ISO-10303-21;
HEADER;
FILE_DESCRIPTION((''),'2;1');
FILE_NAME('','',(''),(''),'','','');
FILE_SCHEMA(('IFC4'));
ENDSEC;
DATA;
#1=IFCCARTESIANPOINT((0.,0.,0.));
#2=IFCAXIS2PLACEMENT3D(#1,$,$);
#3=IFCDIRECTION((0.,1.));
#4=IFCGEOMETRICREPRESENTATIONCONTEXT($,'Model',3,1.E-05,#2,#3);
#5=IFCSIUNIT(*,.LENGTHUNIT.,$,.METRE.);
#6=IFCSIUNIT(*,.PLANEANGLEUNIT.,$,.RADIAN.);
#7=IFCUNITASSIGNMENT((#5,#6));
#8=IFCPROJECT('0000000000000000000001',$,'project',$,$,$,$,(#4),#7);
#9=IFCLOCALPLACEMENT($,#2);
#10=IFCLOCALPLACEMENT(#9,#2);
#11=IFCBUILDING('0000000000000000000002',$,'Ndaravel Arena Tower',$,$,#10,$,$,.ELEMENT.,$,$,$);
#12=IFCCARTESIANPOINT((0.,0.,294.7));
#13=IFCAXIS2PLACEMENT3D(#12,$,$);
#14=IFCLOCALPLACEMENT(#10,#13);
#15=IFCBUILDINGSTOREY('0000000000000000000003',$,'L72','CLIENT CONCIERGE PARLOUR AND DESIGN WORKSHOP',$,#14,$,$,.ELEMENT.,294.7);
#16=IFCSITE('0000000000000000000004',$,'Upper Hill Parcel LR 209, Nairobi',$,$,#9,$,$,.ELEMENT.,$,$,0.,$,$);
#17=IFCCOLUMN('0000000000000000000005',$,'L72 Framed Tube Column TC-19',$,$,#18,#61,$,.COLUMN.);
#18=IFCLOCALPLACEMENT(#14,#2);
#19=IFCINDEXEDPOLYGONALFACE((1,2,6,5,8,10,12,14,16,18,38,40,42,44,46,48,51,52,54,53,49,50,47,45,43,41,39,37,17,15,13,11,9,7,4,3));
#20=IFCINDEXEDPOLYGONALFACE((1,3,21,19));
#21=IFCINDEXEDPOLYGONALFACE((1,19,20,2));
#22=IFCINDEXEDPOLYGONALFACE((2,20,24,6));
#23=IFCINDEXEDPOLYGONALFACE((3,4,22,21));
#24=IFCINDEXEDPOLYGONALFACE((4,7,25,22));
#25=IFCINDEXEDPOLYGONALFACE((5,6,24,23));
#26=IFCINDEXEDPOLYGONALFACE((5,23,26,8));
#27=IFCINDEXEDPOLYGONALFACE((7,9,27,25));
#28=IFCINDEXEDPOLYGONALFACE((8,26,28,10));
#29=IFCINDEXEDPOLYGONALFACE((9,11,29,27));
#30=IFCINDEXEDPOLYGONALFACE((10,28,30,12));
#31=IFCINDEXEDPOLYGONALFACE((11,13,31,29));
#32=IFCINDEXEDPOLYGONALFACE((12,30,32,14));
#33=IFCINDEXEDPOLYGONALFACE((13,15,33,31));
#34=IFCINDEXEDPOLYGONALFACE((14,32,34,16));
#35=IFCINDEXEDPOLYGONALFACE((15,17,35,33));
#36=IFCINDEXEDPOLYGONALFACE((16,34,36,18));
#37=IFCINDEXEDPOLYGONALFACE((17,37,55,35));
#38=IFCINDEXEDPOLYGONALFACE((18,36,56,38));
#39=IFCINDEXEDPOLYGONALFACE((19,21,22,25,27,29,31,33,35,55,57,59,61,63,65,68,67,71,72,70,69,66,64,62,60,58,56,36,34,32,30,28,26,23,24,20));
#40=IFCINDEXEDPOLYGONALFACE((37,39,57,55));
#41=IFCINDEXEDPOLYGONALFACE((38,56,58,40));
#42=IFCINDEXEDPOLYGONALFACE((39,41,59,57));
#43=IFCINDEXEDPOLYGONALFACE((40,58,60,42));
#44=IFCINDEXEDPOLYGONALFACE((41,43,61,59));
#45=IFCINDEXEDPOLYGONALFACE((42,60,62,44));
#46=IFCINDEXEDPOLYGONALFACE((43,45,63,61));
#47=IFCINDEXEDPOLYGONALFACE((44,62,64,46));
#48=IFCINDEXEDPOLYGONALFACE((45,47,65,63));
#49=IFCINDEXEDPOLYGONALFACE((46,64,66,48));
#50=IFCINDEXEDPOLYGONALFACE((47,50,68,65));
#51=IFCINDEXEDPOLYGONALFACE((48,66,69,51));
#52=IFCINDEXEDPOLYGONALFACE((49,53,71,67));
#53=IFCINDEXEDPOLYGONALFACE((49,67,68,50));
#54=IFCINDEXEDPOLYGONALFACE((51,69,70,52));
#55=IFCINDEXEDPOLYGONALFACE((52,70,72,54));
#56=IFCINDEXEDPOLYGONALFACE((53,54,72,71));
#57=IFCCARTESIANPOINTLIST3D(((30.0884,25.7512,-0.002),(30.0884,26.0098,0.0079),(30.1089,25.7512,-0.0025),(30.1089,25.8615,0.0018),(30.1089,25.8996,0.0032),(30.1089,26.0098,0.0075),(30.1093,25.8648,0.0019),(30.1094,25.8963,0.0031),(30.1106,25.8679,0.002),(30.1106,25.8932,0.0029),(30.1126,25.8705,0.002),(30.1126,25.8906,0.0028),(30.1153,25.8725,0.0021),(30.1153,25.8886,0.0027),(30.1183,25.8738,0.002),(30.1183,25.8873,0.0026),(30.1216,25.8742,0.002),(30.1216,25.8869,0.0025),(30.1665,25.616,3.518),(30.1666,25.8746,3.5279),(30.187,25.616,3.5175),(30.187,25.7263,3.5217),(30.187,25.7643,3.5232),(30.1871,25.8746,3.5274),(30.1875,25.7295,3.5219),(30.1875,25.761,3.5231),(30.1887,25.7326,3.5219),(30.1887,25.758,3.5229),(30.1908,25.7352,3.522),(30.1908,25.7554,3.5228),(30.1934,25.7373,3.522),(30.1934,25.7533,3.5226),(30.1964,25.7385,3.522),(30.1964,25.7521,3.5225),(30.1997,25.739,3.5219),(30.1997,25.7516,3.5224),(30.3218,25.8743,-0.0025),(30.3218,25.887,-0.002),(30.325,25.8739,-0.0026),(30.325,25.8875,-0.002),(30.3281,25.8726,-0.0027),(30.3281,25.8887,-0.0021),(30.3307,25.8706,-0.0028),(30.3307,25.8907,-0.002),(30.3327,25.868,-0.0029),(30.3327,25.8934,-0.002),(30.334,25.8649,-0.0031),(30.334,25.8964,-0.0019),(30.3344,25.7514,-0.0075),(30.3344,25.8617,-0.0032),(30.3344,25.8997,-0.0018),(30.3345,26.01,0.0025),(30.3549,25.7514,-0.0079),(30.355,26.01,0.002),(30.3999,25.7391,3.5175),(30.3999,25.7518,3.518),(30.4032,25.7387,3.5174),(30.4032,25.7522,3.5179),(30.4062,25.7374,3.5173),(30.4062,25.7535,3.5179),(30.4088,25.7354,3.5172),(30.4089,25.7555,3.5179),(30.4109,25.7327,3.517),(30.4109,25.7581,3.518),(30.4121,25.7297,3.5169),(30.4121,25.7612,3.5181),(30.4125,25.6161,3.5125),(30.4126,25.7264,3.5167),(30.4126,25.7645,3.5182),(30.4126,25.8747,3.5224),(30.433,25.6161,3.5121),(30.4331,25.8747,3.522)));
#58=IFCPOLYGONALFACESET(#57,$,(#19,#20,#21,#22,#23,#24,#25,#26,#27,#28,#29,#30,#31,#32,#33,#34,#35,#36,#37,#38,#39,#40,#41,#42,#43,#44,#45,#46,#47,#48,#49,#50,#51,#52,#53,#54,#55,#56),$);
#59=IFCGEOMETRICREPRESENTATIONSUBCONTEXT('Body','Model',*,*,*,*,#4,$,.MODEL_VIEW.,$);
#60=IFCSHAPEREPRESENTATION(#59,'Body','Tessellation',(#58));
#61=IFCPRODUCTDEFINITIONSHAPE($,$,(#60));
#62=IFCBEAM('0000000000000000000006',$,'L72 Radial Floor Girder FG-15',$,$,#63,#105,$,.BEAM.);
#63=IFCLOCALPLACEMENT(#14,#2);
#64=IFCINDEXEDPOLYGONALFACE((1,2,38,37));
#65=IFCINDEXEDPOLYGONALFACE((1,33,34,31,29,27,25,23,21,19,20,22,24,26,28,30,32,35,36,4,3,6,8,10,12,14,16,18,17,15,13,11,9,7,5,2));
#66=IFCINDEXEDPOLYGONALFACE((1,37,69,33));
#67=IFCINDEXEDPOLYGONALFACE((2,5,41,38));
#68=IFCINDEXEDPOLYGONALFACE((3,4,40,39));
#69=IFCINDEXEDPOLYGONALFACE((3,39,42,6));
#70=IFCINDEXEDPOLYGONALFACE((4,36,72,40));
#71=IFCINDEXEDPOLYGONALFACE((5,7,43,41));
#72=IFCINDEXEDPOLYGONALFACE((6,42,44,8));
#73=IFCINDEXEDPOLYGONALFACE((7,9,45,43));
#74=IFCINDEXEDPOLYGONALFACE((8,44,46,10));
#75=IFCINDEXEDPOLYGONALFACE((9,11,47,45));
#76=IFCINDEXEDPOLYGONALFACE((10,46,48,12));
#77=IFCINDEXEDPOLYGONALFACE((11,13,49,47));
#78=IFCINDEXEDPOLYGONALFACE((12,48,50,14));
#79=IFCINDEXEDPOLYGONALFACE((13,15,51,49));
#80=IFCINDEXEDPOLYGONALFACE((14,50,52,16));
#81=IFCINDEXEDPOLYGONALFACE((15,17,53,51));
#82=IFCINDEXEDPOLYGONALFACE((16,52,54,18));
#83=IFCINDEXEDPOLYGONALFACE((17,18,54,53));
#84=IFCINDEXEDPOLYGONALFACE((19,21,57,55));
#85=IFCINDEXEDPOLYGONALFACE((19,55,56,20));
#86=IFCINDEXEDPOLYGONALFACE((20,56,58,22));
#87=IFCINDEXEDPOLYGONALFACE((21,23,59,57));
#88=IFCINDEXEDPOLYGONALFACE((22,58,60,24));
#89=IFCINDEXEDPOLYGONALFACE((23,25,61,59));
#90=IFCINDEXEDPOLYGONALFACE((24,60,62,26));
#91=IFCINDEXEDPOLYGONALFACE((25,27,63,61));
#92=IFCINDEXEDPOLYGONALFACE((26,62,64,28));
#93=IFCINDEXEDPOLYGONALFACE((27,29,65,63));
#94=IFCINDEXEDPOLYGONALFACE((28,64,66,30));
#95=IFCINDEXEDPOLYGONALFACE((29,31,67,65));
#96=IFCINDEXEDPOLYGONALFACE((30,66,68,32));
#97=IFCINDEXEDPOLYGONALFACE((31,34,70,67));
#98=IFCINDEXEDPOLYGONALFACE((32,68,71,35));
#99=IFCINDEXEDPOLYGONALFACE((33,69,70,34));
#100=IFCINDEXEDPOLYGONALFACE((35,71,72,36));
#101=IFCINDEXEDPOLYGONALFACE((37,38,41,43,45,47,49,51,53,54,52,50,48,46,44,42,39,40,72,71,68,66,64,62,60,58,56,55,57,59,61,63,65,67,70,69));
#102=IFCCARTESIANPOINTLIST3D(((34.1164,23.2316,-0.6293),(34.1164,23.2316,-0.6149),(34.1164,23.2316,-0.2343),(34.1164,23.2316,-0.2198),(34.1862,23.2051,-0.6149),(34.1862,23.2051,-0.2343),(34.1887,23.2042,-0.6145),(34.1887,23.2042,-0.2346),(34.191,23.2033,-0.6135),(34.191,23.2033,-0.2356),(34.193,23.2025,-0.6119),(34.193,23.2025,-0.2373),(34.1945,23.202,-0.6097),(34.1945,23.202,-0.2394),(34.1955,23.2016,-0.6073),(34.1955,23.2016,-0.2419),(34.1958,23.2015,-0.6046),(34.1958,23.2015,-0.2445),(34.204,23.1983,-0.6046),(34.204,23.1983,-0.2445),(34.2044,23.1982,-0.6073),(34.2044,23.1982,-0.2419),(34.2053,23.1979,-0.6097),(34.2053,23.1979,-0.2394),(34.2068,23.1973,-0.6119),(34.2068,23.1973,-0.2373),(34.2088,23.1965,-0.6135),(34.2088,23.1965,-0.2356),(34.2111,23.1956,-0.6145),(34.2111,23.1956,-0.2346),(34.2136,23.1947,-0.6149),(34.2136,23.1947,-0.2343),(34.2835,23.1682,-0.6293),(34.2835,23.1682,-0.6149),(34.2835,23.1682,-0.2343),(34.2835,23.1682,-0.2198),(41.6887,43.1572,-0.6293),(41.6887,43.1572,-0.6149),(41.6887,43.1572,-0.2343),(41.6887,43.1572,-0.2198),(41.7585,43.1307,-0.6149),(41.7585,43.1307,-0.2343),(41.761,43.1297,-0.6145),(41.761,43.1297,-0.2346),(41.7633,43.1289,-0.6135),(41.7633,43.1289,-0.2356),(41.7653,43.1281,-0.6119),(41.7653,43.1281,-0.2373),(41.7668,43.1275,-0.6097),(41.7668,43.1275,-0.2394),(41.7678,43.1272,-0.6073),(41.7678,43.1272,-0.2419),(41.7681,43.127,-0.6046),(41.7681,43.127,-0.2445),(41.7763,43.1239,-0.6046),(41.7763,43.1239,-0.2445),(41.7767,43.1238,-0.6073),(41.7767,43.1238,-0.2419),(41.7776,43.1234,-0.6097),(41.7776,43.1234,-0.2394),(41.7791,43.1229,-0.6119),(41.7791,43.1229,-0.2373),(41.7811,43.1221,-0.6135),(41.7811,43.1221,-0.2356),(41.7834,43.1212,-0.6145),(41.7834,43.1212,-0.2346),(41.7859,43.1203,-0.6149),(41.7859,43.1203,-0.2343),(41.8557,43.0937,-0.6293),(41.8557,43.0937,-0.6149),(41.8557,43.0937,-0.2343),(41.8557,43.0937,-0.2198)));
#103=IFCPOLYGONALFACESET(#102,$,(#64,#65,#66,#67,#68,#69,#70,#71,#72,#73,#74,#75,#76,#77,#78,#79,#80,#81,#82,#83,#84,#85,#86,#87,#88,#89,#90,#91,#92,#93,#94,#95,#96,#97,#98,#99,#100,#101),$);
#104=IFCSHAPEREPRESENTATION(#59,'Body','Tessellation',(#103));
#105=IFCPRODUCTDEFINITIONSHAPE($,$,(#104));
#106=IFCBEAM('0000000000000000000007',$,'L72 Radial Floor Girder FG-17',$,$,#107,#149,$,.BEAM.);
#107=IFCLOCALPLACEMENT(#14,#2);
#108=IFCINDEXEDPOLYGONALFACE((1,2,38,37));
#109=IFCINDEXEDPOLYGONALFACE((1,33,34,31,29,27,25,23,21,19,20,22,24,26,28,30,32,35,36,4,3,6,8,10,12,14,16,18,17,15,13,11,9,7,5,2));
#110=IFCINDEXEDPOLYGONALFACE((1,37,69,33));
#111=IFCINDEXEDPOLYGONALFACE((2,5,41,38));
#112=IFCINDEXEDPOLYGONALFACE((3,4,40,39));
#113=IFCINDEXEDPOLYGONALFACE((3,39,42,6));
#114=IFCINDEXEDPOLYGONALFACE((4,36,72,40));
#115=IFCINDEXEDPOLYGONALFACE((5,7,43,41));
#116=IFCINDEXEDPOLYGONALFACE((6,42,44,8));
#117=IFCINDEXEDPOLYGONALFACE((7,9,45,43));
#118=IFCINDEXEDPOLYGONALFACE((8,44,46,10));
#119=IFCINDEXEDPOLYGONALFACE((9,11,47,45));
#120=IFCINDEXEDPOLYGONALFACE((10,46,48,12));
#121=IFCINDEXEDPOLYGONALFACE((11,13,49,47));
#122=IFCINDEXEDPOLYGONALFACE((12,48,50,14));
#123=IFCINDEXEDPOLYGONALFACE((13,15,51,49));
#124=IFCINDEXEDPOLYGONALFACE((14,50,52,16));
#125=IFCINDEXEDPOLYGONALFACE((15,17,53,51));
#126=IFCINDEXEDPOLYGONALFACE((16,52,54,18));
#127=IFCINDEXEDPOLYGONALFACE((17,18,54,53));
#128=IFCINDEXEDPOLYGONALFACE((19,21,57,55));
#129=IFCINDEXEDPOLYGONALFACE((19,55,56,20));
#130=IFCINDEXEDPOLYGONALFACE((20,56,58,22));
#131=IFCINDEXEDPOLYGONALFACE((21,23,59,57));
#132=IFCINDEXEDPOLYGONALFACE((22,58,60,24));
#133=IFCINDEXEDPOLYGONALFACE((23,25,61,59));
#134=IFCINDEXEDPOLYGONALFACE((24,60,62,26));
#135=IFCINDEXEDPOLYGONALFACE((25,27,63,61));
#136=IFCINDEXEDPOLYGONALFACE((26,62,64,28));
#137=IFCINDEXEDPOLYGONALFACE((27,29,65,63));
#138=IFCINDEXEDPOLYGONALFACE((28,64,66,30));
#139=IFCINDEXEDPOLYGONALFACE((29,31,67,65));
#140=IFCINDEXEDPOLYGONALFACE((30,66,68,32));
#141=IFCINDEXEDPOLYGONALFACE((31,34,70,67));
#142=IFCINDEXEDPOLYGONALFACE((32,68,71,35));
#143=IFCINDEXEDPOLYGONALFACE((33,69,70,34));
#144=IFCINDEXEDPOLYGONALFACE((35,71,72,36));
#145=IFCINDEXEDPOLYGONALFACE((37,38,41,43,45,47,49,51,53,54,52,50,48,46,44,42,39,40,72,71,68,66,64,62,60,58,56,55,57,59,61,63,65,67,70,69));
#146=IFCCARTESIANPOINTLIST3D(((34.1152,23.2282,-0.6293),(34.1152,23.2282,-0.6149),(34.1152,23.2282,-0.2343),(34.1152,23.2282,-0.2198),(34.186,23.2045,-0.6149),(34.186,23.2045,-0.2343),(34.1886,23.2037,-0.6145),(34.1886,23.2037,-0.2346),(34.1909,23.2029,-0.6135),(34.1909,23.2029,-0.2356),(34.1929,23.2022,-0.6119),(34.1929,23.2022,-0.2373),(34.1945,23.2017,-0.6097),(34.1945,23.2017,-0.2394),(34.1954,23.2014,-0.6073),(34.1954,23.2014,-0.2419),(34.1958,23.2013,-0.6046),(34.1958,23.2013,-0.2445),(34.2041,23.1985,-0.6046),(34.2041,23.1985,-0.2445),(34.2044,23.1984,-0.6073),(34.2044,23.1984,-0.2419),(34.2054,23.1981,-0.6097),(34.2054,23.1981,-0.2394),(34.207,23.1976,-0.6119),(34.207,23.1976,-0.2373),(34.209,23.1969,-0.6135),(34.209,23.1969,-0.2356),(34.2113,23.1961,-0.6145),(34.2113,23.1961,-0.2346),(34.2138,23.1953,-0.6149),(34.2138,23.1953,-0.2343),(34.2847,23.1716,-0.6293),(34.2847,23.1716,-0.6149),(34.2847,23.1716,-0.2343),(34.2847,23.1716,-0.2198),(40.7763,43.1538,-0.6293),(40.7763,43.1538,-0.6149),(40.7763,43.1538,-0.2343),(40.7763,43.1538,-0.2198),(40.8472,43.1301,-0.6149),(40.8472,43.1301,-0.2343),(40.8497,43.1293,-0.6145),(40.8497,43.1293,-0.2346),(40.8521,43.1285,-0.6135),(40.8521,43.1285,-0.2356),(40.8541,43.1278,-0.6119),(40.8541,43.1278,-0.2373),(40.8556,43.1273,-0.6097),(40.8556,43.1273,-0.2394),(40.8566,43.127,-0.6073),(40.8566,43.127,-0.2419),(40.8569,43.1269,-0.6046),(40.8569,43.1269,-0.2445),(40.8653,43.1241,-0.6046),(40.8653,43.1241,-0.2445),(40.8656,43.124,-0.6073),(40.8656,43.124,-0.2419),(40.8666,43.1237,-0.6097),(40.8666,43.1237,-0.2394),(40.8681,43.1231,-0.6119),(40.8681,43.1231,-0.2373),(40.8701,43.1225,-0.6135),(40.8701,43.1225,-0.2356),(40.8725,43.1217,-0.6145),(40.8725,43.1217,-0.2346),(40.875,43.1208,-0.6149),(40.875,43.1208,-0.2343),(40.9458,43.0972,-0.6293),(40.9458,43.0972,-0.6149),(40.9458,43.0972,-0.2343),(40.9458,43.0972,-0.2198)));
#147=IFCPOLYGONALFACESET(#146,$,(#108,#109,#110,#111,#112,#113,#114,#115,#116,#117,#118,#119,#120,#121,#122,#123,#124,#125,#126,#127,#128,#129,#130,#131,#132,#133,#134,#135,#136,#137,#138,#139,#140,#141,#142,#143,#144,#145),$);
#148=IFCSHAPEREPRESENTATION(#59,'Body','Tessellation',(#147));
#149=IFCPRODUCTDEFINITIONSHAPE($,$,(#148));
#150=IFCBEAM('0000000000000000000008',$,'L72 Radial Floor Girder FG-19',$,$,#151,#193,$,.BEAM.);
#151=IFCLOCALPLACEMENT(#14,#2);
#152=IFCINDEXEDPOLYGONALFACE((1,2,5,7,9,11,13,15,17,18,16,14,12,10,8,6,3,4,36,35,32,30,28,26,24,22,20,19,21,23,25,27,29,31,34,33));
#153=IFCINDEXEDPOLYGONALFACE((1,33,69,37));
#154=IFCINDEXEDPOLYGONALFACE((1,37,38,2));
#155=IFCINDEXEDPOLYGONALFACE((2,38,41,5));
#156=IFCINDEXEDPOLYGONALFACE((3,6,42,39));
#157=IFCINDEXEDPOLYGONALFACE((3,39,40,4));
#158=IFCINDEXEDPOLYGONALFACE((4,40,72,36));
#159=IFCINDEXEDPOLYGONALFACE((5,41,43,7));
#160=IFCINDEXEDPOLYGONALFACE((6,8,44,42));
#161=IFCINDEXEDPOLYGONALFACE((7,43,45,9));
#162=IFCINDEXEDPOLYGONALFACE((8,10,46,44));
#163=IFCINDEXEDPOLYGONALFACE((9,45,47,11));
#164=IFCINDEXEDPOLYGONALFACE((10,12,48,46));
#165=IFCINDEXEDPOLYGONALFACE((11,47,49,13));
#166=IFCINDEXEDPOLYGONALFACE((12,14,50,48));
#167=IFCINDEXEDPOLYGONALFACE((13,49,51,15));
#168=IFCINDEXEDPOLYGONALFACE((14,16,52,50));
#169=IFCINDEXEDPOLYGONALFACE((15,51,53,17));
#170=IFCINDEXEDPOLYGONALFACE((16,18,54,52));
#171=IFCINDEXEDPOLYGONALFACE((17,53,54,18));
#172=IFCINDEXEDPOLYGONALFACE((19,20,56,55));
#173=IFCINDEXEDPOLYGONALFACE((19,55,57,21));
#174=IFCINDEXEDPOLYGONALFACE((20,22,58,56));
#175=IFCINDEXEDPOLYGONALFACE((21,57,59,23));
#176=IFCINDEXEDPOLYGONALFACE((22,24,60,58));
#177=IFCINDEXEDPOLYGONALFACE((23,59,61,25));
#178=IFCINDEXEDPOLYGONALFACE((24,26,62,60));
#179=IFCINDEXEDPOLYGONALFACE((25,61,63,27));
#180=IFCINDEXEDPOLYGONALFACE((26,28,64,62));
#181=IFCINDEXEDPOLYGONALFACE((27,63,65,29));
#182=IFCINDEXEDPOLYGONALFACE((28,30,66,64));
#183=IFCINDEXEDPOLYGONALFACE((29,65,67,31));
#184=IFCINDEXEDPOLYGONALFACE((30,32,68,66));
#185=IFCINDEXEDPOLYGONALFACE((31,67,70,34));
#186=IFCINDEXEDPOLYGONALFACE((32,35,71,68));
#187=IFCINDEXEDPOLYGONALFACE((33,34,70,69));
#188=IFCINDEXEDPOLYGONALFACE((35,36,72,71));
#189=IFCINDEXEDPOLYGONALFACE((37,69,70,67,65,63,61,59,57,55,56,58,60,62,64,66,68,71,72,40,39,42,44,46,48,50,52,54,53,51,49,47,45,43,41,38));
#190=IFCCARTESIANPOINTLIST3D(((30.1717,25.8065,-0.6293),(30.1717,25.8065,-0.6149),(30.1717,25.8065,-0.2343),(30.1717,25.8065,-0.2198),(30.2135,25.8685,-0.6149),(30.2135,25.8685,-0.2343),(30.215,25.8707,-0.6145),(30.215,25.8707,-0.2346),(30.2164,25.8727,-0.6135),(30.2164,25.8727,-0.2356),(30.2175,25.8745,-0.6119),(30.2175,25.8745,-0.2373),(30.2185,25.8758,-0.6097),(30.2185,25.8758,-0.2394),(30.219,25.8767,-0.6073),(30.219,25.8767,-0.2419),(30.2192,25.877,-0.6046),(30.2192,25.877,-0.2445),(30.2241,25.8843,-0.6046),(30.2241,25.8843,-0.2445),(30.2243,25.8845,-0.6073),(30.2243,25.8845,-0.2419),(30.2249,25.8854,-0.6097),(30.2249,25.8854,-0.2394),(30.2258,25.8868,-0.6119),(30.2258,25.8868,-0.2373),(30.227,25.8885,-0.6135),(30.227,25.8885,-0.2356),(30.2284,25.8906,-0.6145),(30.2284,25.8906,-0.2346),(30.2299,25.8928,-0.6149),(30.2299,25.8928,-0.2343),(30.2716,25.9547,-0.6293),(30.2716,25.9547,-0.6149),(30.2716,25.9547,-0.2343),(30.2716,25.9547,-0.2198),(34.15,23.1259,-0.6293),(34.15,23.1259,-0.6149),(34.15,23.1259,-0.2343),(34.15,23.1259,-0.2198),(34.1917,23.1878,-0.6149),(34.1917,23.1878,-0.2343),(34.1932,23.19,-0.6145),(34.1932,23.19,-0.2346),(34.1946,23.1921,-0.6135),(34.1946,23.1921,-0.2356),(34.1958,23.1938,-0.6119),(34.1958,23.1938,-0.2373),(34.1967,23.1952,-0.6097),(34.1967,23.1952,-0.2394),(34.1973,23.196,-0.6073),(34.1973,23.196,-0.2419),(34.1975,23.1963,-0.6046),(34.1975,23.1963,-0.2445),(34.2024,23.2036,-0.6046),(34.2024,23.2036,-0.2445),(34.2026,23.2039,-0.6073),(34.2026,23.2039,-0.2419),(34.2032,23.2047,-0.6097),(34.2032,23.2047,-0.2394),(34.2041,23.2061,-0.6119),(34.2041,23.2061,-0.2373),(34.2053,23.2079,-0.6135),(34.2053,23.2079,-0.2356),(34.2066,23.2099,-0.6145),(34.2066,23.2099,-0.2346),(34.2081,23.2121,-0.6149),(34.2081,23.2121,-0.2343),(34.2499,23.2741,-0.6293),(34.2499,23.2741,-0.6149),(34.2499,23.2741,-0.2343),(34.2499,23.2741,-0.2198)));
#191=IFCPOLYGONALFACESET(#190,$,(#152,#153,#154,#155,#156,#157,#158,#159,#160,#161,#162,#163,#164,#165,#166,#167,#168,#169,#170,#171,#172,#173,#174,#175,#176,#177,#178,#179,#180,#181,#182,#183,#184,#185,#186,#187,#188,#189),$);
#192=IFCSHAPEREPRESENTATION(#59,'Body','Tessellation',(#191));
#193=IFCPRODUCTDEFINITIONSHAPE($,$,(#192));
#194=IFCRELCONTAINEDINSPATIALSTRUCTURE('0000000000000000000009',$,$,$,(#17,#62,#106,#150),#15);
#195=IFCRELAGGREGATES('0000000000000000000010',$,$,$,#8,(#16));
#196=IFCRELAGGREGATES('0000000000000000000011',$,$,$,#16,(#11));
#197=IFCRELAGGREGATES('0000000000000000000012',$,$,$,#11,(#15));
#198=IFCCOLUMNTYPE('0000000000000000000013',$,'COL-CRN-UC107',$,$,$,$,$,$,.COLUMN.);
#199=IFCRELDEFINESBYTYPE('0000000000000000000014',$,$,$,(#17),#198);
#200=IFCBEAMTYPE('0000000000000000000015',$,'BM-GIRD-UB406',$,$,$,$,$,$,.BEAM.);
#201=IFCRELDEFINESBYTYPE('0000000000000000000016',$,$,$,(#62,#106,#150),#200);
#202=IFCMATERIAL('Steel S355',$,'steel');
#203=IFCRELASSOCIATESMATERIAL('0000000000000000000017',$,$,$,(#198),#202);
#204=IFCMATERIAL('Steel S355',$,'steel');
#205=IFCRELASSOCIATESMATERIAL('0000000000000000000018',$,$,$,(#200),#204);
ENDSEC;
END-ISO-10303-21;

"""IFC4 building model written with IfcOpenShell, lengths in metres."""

from ifc_helpers import new_model, si_unit, direction, frame, origin, origin_2d, place, context, subcontext, project, spatial, i_section, extrude, material, material_profile, profile_set, type_object, element, save


model = new_model("IFC4")

# Units and contexts
model_context = context("Model", 3, precision=1e-05, world=origin(), true_north=direction((0.0, 1.0)))
body_context = subcontext(model_context, "Body", "Model", "MODEL_VIEW")
ifc_project = project(units=[si_unit("LENGTHUNIT", "METRE"), si_unit("PLANEANGLEUNIT", "RADIAN")], contexts=[model_context])

# Site, building, storey
site_placement = place(None, origin())
site = spatial("IfcSite", under=ifc_project, at=site_placement, Name="Upper Hill Parcel LR 209, Nairobi", CompositionType="ELEMENT", RefElevation=0.0)
building_placement = place(site_placement, origin())
building = spatial("IfcBuilding", under=site, at=building_placement, Name="Ndaravel Arena Tower", CompositionType="ELEMENT")
storey_placement = place(building_placement, frame((0.0, 0.0, 294.7)))
storey = spatial("IfcBuildingStorey", under=building, at=storey_placement, Name="L72", Description="CLIENT CONCIERGE PARLOUR AND DESIGN WORKSHOP", CompositionType="ELEMENT", Elevation=294.7)

# Column
ifc_material_1 = material(Name="Steel S355", Category="steel")
ifc_material_profile_1 = material_profile(ifc_material_1, i_section(OverallWidth=0.2588, OverallDepth=0.2666, WebThickness=0.0127, FlangeThickness=0.0205, FilletRadius=0.0127, at=origin_2d()), Name="UC 254x254x107")
ifc_profile_set_1 = profile_set([ifc_material_profile_1], Name="Steel S355")
column_type = type_object("IfcColumnType", Name="COL-CRN-UC107", PredefinedType="COLUMN", material=ifc_profile_set_1)
column_1_placement = place(storey_placement, frame((30.2217, 25.8806, 0.0), z_axis=(0.022173, -0.038386, 0.999017), x_axis=(0.000226, 0.999263, 0.038391)))
element("IfcColumn", 1, at=column_1_placement, inside=storey, type_object=column_type, Name="L72 Framed Tube Column TC-19", PredefinedType="COLUMN", context=body_context, shape_type="SweptSolid", body=[
    extrude(i_section(OverallWidth=0.2588, OverallDepth=0.2666, WebThickness=0.0127, FlangeThickness=0.0205, FilletRadius=0.0127, at=origin_2d()), origin(), (0.0, 0.0, 1.0), 3.5234),
])

# Beams
ifc_material_2 = material(Name="Steel S355", Category="steel")
ifc_material_profile_2 = material_profile(ifc_material_2, i_section(OverallWidth=0.1787, OverallDepth=0.4094, WebThickness=0.0088, FlangeThickness=0.0144, FilletRadius=0.0103, at=origin_2d()), Name="UB 406x178x67")
ifc_profile_set_2 = profile_set([ifc_material_profile_2], Name="Steel S355")
beam_type_1 = type_object("IfcBeamType", Name="BM-GIRD-UB406", PredefinedType="BEAM", material=ifc_profile_set_2)
beam_1_placement = place(storey_placement, frame((41.7722, 43.1255, -0.4246), z_axis=(-0.355241, -0.934775, 0.0), x_axis=(0.934775, -0.355241, 0.0)))
element("IfcBeam", 2, at=beam_1_placement, inside=storey, type_object=beam_type_1, Name="L72 Radial Floor Girder FG-15", PredefinedType="BEAM", context=body_context, shape_type="SweptSolid", body=[
    extrude(i_section(OverallWidth=0.1787, OverallDepth=0.4094, WebThickness=0.0088, FlangeThickness=0.0144, FilletRadius=0.0103, at=origin_2d()), origin(), (0.0, 0.0, 1.0), 21.3159),
])
beam_2_placement = place(storey_placement, frame((40.8611, 43.1255, -0.4246), z_axis=(-0.317054, -0.948408, 0.0), x_axis=(0.948408, -0.317054, 0.0)))
element("IfcBeam", 3, at=beam_2_placement, inside=storey, type_object=beam_type_1, Name="L72 Radial Floor Girder FG-17", PredefinedType="BEAM", context=body_context, shape_type="SweptSolid", body=[
    extrude(i_section(OverallWidth=0.1787, OverallDepth=0.4094, WebThickness=0.0088, FlangeThickness=0.0144, FilletRadius=0.0103, at=origin_2d()), origin(), (0.0, 0.0, 1.0), 21.0095),
])
beam_3_placement = place(storey_placement, frame((30.2217, 25.8806, -0.4246), z_axis=(0.8293, -0.558804, 0.0), x_axis=(0.558804, 0.8293, 0.0)))
element("IfcBeam", 4, at=beam_3_placement, inside=storey, type_object=beam_type_1, Name="L72 Radial Floor Girder FG-19", PredefinedType="BEAM", context=body_context, shape_type="SweptSolid", body=[
    extrude(i_section(OverallWidth=0.1787, OverallDepth=0.4094, WebThickness=0.0088, FlangeThickness=0.0144, FilletRadius=0.0103, at=origin_2d()), origin(), (0.0, 0.0, 1.0), 4.7971),
])

save(model, "model.ifc")
